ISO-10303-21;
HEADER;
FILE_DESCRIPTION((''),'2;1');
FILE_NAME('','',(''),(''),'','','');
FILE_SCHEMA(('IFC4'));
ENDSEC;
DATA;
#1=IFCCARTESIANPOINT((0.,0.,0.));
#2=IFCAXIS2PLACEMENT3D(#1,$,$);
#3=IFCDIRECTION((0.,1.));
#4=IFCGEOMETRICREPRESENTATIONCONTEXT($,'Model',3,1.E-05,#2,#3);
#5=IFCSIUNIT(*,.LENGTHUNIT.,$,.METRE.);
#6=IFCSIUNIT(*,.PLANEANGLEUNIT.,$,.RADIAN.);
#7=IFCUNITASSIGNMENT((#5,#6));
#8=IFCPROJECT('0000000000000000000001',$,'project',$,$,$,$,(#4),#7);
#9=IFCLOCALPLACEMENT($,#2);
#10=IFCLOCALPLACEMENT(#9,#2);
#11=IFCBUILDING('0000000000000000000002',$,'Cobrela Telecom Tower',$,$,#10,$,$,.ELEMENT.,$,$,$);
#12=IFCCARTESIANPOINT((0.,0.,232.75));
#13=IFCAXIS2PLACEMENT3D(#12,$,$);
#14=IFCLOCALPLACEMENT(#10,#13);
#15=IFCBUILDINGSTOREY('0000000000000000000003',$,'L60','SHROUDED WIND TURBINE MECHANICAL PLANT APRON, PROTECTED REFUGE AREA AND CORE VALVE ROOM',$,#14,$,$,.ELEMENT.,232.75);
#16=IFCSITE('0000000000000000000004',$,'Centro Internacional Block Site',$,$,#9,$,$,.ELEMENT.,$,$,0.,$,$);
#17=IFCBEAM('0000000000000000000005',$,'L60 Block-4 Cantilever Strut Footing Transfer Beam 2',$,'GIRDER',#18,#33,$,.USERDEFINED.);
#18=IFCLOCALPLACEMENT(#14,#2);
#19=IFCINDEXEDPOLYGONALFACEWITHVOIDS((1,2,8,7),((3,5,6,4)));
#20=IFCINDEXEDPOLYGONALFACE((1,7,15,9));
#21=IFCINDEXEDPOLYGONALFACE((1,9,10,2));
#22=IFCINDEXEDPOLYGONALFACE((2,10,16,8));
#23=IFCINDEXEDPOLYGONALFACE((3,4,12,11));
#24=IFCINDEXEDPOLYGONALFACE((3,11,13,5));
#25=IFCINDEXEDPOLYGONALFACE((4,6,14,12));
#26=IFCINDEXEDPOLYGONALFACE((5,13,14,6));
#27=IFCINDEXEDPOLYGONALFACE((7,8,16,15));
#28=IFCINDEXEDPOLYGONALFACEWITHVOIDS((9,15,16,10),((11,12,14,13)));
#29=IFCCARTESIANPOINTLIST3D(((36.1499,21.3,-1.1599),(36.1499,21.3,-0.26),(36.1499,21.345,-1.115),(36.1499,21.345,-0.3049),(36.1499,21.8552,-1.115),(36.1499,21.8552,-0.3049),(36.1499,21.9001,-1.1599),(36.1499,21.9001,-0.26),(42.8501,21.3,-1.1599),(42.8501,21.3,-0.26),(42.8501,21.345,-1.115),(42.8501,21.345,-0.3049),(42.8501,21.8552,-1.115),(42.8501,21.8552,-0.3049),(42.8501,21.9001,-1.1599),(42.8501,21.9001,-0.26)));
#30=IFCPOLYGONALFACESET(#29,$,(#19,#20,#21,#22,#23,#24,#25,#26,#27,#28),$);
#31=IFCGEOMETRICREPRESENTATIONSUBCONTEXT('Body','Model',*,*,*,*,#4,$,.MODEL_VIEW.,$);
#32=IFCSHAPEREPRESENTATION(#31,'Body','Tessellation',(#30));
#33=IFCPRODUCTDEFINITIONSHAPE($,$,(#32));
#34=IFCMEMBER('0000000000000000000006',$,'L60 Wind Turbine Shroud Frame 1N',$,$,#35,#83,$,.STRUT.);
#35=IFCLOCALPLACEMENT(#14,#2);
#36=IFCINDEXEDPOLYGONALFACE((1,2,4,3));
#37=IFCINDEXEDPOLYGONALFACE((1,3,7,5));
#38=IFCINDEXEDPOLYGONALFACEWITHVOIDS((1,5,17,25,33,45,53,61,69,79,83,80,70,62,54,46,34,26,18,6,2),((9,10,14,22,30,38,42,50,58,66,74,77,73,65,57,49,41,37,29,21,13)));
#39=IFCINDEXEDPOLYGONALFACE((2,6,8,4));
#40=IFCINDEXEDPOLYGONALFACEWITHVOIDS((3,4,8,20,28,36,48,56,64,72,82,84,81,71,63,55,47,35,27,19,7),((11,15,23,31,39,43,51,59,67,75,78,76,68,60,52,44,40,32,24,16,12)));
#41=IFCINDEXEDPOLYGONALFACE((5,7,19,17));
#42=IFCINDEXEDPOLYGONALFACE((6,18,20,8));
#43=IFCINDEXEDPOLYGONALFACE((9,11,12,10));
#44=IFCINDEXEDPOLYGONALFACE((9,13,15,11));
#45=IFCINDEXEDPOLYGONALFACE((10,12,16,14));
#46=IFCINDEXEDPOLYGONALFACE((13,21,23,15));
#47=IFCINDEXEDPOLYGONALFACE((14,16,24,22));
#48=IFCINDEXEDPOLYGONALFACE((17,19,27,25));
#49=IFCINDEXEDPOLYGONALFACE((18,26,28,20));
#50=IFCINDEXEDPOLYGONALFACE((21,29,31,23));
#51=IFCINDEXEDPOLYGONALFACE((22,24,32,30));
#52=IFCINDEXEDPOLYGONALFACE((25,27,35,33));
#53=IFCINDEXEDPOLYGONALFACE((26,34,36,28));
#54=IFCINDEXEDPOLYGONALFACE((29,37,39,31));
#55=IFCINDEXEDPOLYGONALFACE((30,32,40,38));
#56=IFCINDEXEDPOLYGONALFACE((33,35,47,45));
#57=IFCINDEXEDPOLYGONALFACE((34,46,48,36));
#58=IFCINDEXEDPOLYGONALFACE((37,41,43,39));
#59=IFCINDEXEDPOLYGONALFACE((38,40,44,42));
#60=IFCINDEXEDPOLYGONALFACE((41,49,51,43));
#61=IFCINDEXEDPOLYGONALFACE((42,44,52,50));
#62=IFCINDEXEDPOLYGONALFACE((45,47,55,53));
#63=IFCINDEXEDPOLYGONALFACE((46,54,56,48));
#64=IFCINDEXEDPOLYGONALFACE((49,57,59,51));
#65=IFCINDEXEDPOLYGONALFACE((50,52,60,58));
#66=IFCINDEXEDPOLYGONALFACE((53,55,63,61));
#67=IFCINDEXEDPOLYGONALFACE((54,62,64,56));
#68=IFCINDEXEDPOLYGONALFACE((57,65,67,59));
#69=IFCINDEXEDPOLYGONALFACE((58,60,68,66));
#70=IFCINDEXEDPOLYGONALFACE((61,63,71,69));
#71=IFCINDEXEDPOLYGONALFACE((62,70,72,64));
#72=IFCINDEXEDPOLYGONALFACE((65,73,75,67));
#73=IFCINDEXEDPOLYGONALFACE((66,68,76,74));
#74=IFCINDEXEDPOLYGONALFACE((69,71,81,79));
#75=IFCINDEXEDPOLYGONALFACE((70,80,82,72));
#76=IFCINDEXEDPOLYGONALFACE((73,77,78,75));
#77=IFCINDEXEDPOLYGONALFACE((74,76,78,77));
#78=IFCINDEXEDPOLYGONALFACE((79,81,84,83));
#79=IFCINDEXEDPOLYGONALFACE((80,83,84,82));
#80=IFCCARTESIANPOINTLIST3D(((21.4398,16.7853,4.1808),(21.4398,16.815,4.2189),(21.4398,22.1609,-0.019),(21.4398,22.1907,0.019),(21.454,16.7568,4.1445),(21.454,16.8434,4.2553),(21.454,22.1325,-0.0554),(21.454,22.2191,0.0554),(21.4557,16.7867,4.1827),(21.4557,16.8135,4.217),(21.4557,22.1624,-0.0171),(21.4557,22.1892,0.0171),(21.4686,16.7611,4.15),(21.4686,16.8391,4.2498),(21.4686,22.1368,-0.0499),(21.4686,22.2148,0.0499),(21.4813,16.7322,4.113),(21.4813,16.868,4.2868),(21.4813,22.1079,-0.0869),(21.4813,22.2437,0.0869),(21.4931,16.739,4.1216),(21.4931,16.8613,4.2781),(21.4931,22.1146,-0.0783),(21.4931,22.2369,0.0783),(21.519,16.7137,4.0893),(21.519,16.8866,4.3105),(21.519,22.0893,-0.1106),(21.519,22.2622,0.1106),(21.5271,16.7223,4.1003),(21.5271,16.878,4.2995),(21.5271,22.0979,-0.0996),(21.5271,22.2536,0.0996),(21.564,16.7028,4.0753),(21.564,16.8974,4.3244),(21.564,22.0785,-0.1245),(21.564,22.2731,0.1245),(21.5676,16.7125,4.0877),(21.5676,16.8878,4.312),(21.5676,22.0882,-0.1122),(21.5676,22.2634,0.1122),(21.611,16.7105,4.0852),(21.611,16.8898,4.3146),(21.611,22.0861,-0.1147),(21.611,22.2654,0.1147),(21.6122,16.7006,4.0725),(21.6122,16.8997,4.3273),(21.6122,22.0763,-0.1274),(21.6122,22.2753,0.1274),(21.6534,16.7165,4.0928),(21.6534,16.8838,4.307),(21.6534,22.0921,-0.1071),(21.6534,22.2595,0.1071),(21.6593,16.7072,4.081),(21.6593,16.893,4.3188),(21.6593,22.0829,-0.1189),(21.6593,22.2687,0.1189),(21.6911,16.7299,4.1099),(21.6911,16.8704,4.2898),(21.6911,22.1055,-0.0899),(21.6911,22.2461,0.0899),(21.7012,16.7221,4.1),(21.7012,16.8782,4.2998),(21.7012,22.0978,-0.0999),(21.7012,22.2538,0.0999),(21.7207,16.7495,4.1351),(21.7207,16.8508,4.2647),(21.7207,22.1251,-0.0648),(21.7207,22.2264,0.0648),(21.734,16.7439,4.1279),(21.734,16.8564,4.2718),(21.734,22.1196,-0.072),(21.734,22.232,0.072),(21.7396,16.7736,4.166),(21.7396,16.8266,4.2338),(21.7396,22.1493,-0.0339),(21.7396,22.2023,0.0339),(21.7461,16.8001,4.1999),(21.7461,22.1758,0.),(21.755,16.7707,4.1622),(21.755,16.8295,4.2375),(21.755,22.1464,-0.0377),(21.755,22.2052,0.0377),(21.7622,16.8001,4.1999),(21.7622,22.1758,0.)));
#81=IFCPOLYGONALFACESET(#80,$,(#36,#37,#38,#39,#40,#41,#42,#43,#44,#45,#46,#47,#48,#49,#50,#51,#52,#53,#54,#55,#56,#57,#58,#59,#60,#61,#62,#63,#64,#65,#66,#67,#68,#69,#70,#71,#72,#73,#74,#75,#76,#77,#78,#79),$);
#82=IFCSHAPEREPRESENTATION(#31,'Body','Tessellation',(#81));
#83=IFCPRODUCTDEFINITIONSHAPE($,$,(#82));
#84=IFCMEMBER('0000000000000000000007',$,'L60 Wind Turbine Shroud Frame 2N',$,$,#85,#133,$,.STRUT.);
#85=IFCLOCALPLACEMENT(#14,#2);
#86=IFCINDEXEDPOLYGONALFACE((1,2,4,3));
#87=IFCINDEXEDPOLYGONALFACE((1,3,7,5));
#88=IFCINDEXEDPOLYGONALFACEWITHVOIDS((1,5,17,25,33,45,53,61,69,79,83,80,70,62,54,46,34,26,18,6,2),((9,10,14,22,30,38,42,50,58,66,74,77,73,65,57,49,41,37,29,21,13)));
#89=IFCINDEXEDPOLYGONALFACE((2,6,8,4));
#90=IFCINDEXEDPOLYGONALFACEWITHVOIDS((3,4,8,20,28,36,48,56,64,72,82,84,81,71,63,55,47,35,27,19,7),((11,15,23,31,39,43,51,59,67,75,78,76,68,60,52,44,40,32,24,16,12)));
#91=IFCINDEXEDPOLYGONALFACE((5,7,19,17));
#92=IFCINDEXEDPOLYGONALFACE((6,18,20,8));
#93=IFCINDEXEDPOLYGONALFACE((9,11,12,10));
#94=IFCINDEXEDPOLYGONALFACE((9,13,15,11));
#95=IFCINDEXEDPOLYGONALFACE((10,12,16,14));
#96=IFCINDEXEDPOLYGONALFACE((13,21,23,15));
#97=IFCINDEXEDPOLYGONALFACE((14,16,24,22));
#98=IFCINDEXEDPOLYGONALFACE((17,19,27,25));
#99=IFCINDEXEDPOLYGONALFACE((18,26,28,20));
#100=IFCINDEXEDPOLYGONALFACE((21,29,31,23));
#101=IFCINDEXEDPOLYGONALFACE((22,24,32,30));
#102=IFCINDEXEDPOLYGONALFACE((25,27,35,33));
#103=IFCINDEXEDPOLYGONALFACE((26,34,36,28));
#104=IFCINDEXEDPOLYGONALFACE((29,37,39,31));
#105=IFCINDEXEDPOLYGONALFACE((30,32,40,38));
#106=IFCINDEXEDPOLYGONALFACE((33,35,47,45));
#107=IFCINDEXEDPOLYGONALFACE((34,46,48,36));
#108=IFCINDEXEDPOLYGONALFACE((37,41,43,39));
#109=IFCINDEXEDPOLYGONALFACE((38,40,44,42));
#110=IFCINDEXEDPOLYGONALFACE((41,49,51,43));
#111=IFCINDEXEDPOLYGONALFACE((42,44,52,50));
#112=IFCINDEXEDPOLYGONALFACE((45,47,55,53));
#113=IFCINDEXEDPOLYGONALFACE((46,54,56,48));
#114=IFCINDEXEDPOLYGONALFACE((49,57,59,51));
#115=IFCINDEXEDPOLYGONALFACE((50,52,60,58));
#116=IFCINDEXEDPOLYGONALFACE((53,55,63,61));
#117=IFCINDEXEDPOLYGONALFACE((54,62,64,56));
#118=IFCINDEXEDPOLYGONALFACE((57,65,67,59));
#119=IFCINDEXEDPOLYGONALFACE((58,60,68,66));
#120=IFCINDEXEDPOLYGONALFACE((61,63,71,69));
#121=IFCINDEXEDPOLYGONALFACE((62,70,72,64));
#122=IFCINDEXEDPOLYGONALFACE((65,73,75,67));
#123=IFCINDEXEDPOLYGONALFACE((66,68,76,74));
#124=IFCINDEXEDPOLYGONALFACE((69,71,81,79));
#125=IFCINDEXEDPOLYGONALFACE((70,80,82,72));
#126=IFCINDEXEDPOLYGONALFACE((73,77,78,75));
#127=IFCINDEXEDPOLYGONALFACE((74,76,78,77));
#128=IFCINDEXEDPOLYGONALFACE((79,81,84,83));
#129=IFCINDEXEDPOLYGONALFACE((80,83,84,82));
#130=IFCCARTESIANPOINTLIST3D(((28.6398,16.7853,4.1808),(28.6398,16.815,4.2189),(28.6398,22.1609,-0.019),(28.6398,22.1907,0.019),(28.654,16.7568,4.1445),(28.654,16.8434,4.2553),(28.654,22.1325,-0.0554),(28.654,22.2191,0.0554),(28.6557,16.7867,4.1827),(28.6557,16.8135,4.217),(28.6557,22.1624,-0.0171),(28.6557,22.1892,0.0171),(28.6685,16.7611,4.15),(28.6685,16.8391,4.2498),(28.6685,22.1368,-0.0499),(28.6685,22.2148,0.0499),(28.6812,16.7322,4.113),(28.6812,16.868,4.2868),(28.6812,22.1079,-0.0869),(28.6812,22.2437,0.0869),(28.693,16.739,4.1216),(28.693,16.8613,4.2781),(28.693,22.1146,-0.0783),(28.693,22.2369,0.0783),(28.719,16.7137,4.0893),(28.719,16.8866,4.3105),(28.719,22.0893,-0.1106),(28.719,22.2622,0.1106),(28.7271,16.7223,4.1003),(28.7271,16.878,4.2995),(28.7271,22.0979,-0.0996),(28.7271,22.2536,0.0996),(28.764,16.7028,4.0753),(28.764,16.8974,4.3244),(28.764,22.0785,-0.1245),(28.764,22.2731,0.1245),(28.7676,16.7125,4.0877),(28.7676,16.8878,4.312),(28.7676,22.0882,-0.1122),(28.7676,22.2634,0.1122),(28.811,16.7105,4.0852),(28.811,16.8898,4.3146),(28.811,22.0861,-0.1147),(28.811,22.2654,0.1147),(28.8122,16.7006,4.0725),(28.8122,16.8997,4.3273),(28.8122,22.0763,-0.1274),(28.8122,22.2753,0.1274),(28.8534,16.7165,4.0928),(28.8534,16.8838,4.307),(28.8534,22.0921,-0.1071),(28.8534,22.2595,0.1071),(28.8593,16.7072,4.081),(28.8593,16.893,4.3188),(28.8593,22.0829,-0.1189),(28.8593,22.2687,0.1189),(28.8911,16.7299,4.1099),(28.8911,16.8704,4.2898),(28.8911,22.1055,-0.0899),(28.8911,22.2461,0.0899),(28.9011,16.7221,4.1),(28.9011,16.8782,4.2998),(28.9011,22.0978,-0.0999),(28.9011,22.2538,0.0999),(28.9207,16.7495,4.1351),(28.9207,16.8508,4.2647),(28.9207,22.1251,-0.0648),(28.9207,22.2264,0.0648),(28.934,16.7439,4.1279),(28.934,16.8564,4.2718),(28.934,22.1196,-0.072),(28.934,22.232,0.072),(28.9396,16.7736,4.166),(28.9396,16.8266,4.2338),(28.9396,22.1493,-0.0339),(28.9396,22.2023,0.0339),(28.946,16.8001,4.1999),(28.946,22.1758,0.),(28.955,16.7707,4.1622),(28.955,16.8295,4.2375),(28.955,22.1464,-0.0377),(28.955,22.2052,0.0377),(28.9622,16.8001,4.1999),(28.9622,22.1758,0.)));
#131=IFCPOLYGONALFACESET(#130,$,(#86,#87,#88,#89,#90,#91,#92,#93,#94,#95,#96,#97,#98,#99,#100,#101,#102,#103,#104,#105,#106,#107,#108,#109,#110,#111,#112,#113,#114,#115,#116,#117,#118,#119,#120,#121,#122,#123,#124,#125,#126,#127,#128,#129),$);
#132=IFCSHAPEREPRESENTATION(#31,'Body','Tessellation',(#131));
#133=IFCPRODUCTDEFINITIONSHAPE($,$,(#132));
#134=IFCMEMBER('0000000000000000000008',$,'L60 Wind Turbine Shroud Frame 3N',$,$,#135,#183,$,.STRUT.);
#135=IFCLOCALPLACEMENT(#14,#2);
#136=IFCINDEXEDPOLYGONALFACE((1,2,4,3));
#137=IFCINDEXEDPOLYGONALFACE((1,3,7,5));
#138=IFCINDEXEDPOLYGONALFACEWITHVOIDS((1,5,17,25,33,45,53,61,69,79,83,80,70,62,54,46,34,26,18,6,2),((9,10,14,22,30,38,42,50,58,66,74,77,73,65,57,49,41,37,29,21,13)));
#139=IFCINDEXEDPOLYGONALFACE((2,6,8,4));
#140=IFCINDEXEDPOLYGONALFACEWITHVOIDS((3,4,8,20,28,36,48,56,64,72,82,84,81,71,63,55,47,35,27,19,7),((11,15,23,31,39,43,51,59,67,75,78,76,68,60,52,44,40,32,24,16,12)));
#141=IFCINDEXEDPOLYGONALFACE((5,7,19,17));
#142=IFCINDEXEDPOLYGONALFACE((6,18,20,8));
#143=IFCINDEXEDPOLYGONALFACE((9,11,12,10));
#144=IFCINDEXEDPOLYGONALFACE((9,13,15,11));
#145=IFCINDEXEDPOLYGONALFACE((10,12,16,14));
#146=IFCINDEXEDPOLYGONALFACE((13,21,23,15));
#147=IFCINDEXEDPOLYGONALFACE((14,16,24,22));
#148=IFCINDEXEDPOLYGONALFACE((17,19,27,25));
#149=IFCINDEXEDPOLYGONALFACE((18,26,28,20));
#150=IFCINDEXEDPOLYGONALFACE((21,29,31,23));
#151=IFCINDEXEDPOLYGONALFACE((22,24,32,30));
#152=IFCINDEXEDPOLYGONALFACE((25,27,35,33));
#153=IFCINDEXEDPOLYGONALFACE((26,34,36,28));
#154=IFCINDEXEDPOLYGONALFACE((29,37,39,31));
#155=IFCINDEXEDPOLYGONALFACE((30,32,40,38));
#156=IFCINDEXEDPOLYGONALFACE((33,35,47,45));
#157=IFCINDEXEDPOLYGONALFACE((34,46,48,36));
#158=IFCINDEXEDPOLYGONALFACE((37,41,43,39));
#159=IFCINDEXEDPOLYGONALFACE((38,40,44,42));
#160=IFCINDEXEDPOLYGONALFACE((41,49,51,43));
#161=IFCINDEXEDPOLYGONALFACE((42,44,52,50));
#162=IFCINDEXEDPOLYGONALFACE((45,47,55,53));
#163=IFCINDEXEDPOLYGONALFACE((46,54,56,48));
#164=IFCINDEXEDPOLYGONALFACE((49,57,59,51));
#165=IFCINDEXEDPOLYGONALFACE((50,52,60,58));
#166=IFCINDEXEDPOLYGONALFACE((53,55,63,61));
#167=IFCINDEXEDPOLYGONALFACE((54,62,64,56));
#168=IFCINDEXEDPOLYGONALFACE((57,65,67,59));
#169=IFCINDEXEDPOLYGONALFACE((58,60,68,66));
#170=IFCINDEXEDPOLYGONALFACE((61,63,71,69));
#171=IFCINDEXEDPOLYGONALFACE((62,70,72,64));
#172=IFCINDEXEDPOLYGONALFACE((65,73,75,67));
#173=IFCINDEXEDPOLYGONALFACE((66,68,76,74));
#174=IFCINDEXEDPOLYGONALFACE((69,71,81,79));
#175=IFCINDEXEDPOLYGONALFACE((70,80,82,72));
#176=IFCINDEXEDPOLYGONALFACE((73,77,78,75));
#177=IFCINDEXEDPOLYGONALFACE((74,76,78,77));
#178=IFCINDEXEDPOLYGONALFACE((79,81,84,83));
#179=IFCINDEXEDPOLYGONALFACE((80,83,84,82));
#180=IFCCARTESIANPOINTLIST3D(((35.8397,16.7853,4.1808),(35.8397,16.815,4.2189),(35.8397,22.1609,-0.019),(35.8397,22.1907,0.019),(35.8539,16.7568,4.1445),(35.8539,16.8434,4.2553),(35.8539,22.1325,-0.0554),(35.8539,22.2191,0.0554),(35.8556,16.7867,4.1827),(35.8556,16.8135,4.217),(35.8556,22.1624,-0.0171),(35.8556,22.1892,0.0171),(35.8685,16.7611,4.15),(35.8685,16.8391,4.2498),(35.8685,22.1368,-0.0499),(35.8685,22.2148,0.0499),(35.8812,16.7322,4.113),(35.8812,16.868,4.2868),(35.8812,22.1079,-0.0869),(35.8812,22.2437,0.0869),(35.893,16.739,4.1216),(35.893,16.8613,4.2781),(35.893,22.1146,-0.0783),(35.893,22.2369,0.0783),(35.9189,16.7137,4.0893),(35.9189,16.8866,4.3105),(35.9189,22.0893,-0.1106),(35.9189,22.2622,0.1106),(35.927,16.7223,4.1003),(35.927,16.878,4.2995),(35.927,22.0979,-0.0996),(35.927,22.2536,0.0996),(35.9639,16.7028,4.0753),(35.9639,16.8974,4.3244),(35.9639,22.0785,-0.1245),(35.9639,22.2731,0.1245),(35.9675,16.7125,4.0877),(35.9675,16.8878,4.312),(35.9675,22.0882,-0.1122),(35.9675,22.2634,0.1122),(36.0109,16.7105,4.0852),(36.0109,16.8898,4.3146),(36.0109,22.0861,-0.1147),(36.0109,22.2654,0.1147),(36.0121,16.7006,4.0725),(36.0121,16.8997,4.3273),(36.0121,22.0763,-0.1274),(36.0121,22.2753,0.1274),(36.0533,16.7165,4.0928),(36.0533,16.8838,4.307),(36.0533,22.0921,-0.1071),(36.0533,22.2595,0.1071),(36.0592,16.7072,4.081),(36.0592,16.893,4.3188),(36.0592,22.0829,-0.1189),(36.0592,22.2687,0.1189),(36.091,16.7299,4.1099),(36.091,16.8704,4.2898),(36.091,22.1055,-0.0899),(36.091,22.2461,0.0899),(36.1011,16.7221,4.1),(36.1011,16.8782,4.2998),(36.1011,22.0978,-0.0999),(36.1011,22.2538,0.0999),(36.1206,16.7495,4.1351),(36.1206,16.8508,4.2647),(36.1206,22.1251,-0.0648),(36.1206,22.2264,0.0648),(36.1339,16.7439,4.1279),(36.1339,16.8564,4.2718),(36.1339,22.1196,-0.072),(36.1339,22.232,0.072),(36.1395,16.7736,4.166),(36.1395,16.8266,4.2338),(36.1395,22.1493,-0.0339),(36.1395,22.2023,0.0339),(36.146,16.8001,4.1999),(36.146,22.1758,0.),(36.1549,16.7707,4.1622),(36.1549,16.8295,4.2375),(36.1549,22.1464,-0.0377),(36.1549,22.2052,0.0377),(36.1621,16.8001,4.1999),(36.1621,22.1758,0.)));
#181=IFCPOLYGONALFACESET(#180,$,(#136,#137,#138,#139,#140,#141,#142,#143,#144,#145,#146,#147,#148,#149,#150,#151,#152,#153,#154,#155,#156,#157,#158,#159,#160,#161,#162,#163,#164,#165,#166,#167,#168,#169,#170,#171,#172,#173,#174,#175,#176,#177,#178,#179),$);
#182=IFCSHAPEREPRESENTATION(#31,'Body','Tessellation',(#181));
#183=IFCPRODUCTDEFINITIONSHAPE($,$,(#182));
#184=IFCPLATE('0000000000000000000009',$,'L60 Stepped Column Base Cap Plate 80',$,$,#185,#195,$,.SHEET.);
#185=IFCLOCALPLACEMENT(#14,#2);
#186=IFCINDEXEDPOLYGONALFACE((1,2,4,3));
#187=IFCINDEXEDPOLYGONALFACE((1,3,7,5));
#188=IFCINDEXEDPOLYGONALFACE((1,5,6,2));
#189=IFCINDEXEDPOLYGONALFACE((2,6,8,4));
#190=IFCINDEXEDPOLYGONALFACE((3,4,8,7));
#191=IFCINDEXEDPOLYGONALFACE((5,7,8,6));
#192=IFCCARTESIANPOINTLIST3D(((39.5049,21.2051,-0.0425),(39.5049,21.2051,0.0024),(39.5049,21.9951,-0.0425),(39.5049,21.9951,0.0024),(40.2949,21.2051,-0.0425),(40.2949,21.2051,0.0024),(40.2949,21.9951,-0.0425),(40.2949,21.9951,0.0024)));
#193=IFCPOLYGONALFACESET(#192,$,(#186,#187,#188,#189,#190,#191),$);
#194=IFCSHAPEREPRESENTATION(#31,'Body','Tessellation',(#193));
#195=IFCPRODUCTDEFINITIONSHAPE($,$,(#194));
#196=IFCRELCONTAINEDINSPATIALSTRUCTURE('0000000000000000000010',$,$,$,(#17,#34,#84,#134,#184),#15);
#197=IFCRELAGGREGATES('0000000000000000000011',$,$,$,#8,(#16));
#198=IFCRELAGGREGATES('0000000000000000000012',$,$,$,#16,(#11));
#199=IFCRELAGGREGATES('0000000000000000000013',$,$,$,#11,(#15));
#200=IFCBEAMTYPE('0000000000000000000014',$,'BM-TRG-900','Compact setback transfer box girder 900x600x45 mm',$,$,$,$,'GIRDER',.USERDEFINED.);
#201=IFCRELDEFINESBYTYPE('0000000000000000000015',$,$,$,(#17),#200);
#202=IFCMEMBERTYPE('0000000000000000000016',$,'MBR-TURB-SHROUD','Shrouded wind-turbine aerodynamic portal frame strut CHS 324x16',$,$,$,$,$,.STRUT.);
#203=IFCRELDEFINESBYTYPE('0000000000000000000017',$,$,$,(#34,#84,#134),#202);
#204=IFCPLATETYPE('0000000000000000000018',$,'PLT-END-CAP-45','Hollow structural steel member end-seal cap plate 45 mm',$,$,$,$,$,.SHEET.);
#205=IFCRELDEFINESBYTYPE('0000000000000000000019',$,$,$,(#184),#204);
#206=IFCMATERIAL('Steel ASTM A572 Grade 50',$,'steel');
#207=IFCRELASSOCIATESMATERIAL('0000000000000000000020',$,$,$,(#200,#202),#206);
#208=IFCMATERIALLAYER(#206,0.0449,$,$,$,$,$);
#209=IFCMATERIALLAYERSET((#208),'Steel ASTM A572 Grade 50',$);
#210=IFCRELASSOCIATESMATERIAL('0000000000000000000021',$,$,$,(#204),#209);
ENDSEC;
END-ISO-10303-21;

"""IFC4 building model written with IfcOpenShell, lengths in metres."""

from ifc_helpers import new_model, si_unit, direction, frame, origin, origin_2d, place, context, subcontext, project, spatial, rectangle, hollow_rectangle, hollow_circle, extrude, material, layer, layer_set, material_profile, profile_set, type_object, element, save


model = new_model("IFC4")

# Units and contexts
model_context = context("Model", 3, precision=1e-05, world=origin(), true_north=direction((0.0, 1.0)))
body_context = subcontext(model_context, "Body", "Model", "MODEL_VIEW")
ifc_project = project(units=[si_unit("LENGTHUNIT", "METRE"), si_unit("PLANEANGLEUNIT", "RADIAN")], contexts=[model_context])

# Site, building, storey
site_placement = place(None, origin())
site = spatial("IfcSite", under=ifc_project, at=site_placement, Name="Centro Internacional Block Site", CompositionType="ELEMENT", RefElevation=0.0)
building_placement = place(site_placement, origin())
building = spatial("IfcBuilding", under=site, at=building_placement, Name="Cobrela Telecom Tower", CompositionType="ELEMENT")
storey_placement = place(building_placement, frame((0.0, 0.0, 232.75)))
storey = spatial("IfcBuildingStorey", under=building, at=storey_placement, Name="L60", Description="SHROUDED WIND TURBINE MECHANICAL PLANT APRON, PROTECTED REFUGE AREA AND CORE VALVE ROOM", CompositionType="ELEMENT", Elevation=232.75)

# Shared definitions
ifc_material_1 = material(Name="Steel ASTM A572 Grade 50", Category="steel")

# Beam
ifc_material_profile_1 = material_profile(ifc_material_1, hollow_rectangle(XDim=0.6001, YDim=0.8999, WallThickness=0.0449, at=origin_2d()), Name="BOX 900x600x45")
ifc_profile_set_1 = profile_set([ifc_material_profile_1], Name="Steel ASTM A572 Grade 50")
beam_type_1 = type_object("IfcBeamType", Name="BM-TRG-900", Description="Compact setback transfer box girder 900x600x45 mm", ElementType="GIRDER", PredefinedType="USERDEFINED", material=ifc_profile_set_1)
beam_1_placement = place(storey_placement, frame((36.1499, 21.6001, -0.71), z_axis=(1.0, 0.0, 0.0), x_axis=(0.0, 1.0, 0.0)))
element("IfcBeam", 1, at=beam_1_placement, inside=storey, type_object=beam_type_1, Name="L60 Block-4 Cantilever Strut Footing Transfer Beam 2", ObjectType="GIRDER", PredefinedType="USERDEFINED", context=body_context, shape_type="SweptSolid", body=[
    extrude(hollow_rectangle(XDim=0.6001, YDim=0.8999, WallThickness=0.0449, at=origin_2d()), origin(), (0.0, 0.0, 1.0), 6.7002),
])

# Members
ifc_material_profile_2 = material_profile(ifc_material_1, hollow_circle(Radius=0.1621, WallThickness=0.0161, at=origin_2d()), Name="CHS 324x16")
ifc_profile_set_2 = profile_set([ifc_material_profile_2], Name="Steel ASTM A572 Grade 50")
member_type = type_object("IfcMemberType", Name="MBR-TURB-SHROUD", Description="Shrouded wind-turbine aerodynamic portal frame strut CHS 324x16", PredefinedType="STRUT", material=ifc_profile_set_2)
for number, where, z_axis, x_axis, name in (
    (2, (21.6001, 22.1758, 0.0), (0.0, -0.788013, 0.615659), (1.0, 0.0, 0.0), "L60 Wind Turbine Shroud Frame 1N"),
    (3, (28.8, 22.1758, 0.0), (0.0, -0.788013, 0.615659), (1.0, 0.0, 0.0), "L60 Wind Turbine Shroud Frame 2N"),
    (4, (36.0, 22.1758, 0.0), (0.0, -0.788013, 0.615659), (1.0, 0.0, 0.0), "L60 Wind Turbine Shroud Frame 3N"),
):
    element("IfcMember", number, at=place(storey_placement, frame(where, z_axis=z_axis, x_axis=x_axis)), inside=storey, type_object=member_type, Name=name, PredefinedType="STRUT", context=body_context, shape_type="SweptSolid", body=[
        extrude(hollow_circle(Radius=0.1621, WallThickness=0.0161, at=origin_2d()), origin(), (0.0, 0.0, 1.0), 6.8218),
    ])

# Plate
ifc_layer_1 = layer(ifc_material_1, 0.0449)
ifc_layer_set_1 = layer_set([ifc_layer_1], Name="Steel ASTM A572 Grade 50")
plate_type_1 = type_object("IfcPlateType", Name="PLT-END-CAP-45", Description="Hollow structural steel member end-seal cap plate 45 mm", PredefinedType="SHEET", material=ifc_layer_set_1)
plate_1_placement = place(storey_placement, frame((39.8999, 21.6001, -0.0425), z_axis=(0.0, 0.0, 1.0), x_axis=(1.0, 0.0, 0.0)))
element("IfcPlate", 5, at=plate_1_placement, inside=storey, type_object=plate_type_1, Name="L60 Stepped Column Base Cap Plate 80", PredefinedType="SHEET", context=body_context, shape_type="SweptSolid", body=[
    extrude(rectangle(XDim=0.79, YDim=0.79, at=origin_2d()), origin(), (0.0, 0.0, 1.0), 0.0449),
])

save(model, "model.ifc")
